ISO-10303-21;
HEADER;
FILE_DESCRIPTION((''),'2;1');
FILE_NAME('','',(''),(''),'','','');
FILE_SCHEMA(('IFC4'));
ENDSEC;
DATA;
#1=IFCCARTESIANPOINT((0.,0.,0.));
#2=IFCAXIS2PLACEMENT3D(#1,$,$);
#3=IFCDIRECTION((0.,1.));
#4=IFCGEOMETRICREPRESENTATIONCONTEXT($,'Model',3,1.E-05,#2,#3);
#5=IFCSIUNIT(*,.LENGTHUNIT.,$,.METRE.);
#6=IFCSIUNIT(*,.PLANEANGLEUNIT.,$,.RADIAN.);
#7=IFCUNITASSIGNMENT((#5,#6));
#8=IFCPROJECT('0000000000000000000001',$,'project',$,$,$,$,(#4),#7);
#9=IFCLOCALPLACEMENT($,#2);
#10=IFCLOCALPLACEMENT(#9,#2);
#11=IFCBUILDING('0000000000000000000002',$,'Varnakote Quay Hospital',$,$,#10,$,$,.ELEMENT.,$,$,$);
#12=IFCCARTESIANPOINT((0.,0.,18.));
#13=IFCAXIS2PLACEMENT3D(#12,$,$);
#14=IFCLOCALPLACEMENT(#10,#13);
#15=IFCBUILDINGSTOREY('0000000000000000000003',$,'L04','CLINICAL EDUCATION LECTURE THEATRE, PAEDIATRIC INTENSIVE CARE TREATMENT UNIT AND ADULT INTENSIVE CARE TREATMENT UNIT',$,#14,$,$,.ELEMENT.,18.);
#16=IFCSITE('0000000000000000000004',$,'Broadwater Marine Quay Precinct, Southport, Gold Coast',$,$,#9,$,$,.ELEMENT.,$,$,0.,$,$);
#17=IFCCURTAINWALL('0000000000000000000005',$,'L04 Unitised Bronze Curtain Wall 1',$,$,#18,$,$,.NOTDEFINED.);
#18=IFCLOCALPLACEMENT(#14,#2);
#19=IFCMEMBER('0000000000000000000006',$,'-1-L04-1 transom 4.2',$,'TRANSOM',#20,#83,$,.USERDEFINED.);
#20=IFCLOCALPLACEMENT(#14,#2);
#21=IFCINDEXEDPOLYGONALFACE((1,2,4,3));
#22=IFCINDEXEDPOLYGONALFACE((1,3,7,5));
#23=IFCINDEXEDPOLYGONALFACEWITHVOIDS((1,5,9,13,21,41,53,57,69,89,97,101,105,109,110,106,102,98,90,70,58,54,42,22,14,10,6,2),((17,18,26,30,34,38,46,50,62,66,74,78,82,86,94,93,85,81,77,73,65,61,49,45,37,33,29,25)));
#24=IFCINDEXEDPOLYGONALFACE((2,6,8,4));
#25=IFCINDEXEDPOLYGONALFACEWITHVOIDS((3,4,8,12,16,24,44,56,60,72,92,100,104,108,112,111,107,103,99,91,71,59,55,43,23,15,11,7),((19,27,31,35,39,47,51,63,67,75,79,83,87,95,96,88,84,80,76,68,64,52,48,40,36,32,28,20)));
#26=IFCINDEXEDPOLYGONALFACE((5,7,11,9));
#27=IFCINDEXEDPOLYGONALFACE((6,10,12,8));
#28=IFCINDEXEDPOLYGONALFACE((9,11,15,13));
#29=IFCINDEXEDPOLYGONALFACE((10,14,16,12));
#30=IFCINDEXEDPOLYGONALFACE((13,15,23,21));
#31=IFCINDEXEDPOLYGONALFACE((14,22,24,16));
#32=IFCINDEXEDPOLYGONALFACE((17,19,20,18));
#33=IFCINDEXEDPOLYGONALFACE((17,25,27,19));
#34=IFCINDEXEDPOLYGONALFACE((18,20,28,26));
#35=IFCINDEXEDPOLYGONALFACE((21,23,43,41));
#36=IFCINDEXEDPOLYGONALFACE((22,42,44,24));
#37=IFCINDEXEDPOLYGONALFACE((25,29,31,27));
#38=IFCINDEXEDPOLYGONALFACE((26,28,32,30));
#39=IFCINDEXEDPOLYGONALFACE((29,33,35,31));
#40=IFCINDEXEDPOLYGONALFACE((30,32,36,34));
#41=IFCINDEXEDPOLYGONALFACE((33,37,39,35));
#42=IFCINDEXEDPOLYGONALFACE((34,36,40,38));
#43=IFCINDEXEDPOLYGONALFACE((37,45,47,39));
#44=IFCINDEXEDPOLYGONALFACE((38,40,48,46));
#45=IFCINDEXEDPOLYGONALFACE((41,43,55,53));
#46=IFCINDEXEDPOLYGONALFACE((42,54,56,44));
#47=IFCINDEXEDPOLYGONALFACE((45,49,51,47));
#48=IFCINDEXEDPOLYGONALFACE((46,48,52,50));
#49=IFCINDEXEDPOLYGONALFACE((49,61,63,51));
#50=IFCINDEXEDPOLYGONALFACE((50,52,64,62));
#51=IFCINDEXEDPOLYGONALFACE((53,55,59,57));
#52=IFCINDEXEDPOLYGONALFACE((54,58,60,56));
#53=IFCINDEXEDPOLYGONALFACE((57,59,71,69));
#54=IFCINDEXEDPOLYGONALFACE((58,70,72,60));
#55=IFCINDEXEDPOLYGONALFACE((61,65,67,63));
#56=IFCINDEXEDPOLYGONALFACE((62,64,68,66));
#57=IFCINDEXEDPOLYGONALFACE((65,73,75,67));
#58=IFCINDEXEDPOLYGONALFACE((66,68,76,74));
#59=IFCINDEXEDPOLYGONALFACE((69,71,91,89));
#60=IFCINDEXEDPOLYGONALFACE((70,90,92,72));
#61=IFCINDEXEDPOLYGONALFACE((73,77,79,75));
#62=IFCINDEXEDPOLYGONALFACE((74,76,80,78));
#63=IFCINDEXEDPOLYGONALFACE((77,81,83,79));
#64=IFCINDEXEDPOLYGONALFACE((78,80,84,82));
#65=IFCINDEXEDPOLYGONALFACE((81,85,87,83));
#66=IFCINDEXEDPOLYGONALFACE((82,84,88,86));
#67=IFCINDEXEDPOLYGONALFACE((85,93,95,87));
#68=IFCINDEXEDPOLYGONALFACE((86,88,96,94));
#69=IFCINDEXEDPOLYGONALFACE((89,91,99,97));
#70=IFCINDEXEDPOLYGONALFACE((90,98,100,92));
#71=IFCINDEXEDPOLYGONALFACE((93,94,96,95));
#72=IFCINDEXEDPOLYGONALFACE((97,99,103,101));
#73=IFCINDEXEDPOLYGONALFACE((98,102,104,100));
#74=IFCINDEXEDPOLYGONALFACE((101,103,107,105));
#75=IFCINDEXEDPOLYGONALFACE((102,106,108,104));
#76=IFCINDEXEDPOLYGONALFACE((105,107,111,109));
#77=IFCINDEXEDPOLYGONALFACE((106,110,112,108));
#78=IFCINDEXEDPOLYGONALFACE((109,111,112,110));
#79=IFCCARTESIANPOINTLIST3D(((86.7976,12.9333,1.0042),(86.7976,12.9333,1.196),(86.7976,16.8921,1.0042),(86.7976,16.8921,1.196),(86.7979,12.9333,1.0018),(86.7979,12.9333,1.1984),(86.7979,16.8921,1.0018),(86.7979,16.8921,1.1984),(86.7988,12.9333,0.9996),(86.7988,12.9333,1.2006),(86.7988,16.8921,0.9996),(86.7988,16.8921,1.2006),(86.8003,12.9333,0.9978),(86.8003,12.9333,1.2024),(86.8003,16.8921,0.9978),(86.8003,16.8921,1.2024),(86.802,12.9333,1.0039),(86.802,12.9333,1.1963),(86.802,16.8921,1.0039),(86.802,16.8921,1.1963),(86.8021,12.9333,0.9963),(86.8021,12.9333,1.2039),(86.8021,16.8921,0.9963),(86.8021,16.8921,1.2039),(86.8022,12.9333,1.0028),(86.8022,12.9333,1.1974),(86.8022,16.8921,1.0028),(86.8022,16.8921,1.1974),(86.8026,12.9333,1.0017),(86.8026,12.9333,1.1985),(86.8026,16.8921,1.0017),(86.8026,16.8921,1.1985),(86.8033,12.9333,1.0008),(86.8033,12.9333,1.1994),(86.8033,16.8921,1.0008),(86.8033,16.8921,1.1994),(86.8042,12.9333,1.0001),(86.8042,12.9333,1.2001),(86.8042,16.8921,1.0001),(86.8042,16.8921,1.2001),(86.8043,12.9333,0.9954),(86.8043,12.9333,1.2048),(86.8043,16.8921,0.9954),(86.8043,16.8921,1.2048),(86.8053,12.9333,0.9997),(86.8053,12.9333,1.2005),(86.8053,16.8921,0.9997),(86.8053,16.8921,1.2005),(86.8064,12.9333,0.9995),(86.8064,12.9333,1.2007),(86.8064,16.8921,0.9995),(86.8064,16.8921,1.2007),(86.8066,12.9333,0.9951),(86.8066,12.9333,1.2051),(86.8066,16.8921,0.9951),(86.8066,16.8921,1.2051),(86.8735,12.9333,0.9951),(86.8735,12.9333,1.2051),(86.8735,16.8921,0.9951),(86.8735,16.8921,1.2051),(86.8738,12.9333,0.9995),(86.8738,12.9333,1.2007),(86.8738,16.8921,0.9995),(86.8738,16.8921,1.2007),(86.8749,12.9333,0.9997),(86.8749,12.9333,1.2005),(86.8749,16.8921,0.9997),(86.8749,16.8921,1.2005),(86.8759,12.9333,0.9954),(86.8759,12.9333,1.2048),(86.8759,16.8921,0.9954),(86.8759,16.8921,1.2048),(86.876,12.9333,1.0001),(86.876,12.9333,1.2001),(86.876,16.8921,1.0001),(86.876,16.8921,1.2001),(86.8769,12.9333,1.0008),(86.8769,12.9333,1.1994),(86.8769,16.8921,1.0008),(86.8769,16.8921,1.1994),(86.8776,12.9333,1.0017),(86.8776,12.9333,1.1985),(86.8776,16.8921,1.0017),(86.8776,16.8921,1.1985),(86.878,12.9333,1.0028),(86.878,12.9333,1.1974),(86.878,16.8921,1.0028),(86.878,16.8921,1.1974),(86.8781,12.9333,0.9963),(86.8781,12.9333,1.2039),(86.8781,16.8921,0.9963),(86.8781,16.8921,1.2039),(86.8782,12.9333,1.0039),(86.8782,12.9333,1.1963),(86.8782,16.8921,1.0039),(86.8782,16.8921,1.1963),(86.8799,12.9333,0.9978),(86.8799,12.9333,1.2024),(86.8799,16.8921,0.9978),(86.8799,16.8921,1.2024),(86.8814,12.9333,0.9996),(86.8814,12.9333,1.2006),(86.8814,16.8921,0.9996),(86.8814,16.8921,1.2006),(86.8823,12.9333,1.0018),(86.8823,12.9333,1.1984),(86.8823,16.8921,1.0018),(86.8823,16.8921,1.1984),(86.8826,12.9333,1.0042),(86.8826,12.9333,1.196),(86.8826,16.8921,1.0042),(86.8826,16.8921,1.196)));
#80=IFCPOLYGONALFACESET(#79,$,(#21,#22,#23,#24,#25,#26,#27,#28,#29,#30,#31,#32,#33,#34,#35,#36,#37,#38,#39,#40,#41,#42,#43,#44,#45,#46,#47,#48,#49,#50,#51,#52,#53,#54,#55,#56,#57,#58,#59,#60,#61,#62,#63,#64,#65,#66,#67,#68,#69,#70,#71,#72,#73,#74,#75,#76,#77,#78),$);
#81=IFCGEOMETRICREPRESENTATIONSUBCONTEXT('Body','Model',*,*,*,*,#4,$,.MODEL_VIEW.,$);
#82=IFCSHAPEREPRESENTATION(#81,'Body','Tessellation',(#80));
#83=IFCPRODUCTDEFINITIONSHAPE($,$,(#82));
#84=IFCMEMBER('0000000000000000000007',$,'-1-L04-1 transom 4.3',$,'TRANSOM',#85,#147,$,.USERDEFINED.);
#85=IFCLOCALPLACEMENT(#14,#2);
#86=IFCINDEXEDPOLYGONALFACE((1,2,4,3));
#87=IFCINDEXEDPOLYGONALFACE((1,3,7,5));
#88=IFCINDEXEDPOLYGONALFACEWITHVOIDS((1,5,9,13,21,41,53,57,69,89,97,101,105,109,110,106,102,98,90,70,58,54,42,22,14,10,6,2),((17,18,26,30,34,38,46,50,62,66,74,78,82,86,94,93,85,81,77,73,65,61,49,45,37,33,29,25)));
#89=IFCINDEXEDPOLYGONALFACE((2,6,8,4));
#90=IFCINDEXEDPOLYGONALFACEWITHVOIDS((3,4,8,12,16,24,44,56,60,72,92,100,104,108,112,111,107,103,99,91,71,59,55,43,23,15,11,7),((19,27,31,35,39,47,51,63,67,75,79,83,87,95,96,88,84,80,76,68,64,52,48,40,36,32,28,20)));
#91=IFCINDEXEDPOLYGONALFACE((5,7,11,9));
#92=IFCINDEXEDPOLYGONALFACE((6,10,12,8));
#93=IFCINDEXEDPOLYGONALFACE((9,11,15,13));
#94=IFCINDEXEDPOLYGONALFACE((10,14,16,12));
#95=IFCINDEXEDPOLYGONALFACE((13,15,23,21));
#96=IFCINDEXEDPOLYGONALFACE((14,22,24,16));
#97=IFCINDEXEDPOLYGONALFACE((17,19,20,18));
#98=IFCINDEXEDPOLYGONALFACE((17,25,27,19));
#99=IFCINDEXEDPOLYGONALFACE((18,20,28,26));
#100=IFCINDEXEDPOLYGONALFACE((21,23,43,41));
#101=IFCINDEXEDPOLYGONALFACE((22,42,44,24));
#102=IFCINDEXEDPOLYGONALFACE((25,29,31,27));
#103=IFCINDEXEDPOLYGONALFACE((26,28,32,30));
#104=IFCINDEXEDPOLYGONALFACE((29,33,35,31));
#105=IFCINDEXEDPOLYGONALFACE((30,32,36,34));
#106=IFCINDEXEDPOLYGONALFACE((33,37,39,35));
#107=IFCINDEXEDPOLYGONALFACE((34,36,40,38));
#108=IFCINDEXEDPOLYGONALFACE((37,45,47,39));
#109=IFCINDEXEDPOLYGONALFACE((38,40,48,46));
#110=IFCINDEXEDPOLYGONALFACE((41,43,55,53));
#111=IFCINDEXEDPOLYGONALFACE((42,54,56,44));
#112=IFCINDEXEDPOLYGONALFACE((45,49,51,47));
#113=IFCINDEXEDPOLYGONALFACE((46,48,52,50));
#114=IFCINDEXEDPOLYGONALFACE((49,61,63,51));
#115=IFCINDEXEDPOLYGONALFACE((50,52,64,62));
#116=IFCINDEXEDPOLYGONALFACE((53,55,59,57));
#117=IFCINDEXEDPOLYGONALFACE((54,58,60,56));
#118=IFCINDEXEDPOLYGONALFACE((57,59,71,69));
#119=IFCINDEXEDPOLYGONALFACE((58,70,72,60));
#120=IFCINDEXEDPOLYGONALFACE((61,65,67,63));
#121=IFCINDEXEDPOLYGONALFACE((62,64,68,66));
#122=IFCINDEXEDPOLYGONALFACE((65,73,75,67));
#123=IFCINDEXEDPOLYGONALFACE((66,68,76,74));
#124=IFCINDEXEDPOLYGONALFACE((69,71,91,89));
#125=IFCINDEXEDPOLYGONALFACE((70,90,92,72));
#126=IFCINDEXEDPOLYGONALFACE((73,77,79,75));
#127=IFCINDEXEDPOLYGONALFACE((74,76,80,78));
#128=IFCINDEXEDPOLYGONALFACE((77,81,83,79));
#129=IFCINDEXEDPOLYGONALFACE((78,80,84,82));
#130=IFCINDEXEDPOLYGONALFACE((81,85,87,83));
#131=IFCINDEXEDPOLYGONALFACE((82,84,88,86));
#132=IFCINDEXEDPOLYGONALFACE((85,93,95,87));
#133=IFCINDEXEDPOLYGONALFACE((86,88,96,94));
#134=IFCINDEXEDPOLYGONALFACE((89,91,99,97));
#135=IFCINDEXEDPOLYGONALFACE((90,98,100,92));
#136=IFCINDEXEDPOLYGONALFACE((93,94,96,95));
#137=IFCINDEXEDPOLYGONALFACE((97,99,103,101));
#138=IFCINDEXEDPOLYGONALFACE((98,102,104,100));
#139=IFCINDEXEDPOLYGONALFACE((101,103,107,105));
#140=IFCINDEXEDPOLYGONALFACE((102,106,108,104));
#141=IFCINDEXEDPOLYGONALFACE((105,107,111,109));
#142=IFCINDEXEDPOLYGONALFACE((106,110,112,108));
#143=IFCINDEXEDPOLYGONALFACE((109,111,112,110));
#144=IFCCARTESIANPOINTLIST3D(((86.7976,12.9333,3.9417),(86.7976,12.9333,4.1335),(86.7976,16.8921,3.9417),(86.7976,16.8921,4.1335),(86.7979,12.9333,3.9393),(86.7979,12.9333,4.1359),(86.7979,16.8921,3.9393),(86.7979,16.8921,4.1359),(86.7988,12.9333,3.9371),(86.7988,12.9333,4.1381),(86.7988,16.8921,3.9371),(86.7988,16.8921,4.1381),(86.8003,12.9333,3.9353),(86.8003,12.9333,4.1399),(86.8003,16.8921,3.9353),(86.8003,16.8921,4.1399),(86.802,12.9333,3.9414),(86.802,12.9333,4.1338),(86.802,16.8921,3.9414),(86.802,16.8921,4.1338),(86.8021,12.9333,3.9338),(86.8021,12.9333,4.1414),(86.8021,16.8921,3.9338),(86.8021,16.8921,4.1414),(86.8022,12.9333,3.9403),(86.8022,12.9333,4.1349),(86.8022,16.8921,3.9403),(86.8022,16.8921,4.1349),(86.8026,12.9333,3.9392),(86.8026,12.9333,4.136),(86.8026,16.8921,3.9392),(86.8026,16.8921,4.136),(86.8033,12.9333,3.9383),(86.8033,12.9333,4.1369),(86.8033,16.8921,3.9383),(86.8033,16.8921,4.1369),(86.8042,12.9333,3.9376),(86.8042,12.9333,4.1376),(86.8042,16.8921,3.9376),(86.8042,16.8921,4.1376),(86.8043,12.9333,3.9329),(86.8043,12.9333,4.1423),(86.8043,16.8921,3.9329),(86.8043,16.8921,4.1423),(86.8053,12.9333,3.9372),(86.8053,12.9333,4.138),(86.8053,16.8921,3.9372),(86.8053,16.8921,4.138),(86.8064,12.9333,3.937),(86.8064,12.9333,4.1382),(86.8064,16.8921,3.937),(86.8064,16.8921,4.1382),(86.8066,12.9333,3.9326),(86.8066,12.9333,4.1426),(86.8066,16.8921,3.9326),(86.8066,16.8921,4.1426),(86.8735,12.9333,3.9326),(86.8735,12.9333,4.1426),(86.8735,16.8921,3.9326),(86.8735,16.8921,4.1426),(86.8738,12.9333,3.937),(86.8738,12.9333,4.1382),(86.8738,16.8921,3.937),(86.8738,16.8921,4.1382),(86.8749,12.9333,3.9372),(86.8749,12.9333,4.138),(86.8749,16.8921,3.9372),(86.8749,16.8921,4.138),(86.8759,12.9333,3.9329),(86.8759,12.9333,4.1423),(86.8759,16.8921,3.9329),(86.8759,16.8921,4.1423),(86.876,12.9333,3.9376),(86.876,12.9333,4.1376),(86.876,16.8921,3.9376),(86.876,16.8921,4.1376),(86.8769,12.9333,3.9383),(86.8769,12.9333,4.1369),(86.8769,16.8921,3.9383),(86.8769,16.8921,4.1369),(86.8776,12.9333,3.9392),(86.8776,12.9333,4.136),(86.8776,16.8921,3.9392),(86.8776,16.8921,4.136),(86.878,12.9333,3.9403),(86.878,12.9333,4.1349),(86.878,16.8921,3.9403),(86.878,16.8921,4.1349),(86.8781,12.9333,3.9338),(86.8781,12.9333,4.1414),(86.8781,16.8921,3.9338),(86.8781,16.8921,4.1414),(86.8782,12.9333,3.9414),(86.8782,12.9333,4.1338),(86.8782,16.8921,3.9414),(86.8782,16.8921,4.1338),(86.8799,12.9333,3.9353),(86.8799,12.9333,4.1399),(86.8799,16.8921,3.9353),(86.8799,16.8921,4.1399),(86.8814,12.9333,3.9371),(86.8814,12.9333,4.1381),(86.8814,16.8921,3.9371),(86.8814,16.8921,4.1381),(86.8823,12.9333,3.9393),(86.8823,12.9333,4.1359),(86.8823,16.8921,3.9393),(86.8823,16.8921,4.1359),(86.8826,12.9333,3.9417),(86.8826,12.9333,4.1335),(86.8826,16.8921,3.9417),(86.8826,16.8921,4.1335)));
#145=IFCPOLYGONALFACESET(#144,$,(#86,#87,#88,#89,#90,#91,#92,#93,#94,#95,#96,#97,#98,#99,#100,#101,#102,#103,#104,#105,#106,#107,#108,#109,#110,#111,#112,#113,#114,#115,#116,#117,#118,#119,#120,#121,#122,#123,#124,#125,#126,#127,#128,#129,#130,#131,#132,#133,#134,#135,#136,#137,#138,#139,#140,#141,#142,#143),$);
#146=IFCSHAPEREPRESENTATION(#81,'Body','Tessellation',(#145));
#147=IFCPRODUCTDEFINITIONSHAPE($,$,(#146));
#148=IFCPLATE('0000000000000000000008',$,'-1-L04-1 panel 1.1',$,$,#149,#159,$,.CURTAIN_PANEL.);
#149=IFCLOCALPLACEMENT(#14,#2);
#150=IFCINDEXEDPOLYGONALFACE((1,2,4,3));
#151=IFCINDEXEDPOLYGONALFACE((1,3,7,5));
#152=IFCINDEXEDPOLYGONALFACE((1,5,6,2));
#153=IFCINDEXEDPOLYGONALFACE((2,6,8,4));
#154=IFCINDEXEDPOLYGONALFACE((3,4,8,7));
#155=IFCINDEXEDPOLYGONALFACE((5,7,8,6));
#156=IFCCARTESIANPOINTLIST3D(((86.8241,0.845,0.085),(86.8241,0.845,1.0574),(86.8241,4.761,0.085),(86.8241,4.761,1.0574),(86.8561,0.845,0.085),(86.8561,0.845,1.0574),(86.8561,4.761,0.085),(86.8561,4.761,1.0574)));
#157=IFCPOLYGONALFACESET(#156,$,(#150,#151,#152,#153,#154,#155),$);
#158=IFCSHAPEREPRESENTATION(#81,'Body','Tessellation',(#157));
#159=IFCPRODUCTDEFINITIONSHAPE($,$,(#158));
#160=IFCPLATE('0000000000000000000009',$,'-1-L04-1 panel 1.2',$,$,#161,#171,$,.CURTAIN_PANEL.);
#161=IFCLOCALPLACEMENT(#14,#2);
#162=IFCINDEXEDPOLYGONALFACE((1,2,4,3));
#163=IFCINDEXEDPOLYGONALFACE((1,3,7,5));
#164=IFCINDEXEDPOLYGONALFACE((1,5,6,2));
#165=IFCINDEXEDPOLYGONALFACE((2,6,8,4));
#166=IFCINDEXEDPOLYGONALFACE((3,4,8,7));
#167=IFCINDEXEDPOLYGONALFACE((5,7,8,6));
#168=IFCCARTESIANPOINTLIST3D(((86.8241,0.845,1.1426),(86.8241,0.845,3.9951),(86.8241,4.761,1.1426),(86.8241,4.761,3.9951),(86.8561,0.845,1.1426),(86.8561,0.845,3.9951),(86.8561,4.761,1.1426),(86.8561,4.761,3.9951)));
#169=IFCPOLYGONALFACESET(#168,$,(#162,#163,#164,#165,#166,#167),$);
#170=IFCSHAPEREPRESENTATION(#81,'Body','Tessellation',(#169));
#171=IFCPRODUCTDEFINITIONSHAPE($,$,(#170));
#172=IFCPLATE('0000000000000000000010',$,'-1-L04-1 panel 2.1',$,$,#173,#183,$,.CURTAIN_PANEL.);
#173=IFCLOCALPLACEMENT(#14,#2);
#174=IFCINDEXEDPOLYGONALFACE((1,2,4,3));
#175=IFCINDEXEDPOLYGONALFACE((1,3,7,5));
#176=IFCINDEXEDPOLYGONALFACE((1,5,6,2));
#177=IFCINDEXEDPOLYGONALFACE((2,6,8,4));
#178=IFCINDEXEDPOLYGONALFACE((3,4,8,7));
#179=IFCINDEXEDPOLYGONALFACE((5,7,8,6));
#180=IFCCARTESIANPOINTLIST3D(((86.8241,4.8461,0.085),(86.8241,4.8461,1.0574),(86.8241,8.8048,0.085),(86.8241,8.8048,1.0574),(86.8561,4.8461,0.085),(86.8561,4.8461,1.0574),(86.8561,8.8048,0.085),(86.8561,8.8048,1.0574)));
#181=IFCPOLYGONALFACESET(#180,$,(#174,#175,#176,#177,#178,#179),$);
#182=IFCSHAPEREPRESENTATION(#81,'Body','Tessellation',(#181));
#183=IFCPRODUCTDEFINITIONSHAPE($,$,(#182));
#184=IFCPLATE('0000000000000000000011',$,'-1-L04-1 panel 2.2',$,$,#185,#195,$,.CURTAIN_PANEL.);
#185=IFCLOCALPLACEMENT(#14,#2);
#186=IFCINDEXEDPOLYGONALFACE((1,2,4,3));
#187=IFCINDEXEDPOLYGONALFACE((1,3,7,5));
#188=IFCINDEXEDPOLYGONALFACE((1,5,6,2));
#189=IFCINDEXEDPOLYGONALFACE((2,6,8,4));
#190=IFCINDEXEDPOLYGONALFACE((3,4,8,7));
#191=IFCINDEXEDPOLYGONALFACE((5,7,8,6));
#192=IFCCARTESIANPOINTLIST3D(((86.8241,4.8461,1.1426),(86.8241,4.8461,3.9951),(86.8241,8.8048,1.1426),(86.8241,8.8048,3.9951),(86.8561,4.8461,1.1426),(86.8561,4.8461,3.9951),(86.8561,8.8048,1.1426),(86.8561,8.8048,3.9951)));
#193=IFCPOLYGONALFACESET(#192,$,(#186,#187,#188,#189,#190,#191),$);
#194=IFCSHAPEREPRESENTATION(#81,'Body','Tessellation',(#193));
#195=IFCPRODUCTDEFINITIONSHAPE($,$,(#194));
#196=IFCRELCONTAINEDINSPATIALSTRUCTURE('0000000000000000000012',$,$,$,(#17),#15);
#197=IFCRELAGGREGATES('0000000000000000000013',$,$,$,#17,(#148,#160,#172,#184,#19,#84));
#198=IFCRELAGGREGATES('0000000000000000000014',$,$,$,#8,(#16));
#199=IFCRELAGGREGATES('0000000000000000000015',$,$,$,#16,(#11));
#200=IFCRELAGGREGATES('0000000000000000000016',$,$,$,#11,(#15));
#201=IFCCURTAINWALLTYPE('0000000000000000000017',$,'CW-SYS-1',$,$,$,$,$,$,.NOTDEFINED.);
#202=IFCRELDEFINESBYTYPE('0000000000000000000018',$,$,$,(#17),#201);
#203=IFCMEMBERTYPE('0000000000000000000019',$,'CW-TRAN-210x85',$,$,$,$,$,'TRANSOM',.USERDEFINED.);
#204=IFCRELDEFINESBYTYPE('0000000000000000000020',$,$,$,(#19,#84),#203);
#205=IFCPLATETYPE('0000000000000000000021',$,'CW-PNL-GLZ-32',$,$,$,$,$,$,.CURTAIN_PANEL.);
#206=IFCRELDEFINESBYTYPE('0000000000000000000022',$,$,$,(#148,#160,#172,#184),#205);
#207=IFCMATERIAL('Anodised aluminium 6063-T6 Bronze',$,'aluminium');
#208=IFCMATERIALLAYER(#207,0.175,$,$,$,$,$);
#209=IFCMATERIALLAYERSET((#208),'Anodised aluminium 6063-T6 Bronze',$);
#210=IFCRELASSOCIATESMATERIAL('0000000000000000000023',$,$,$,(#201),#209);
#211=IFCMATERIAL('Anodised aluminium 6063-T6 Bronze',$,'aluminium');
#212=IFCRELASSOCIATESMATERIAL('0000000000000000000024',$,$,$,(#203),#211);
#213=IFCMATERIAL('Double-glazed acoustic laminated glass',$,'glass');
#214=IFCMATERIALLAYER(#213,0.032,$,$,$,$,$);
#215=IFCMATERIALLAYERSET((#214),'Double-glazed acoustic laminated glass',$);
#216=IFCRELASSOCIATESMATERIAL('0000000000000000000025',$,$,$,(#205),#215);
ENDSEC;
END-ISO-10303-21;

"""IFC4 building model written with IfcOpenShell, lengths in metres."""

from ifc_helpers import new_model, si_unit, direction, frame, origin, origin_2d, place, context, subcontext, project, spatial, rectangle, hollow_rectangle, extrude, material, layer, layer_set, material_profile, profile_set, type_object, element, aggregate, save


model = new_model("IFC4")

# Units and contexts
model_context = context("Model", 3, precision=1e-05, world=origin(), true_north=direction((0.0, 1.0)))
body_context = subcontext(model_context, "Body", "Model", "MODEL_VIEW")
ifc_project = project(units=[si_unit("LENGTHUNIT", "METRE"), si_unit("PLANEANGLEUNIT", "RADIAN")], contexts=[model_context])

# Site, building, storey
site_placement = place(None, origin())
site = spatial("IfcSite", under=ifc_project, at=site_placement, Name="Broadwater Marine Quay Precinct, Southport, Gold Coast", CompositionType="ELEMENT", RefElevation=0.0)
building_placement = place(site_placement, origin())
building = spatial("IfcBuilding", under=site, at=building_placement, Name="Varnakote Quay Hospital", CompositionType="ELEMENT")
storey_placement = place(building_placement, frame((0.0, 0.0, 18.0)))
storey = spatial("IfcBuildingStorey", under=building, at=storey_placement, Name="L04", Description="CLINICAL EDUCATION LECTURE THEATRE, PAEDIATRIC INTENSIVE CARE TREATMENT UNIT AND ADULT INTENSIVE CARE TREATMENT UNIT", CompositionType="ELEMENT", Elevation=18.0)

# Curtain wall, members, plates
ifc_material_1 = material(Name="Anodised aluminium 6063-T6 Bronze", Category="aluminium")
ifc_layer_1 = layer(ifc_material_1, 0.175)
ifc_layer_set_1 = layer_set([ifc_layer_1], Name="Anodised aluminium 6063-T6 Bronze")
curtain_wall_type = type_object("IfcCurtainWallType", Name="CW-SYS-1", PredefinedType="NOTDEFINED", material=ifc_layer_set_1)
curtain_wall_placement = place(storey_placement, origin())
curtain_wall = element("IfcCurtainWall", 1, at=curtain_wall_placement, inside=storey, type_object=curtain_wall_type, Name="L04 Unitised Bronze Curtain Wall 1", PredefinedType="NOTDEFINED")
ifc_material_2 = material(Name="Anodised aluminium 6063-T6 Bronze", Category="aluminium")
ifc_material_profile_1 = material_profile(ifc_material_2, hollow_rectangle(XDim=0.085, YDim=0.21, WallThickness=0.0044, InnerFilletRadius=0.0044, OuterFilletRadius=0.009, at=origin_2d()), Name="CW-TRAN-210x85")
ifc_profile_set_1 = profile_set([ifc_material_profile_1], Name="Anodised aluminium 6063-T6 Bronze")
member_type_1 = type_object("IfcMemberType", Name="CW-TRAN-210x85", ElementType="TRANSOM", PredefinedType="USERDEFINED", material=ifc_profile_set_1)
member_1_placement = place(storey_placement, frame((86.8401, 12.9333, 1.1001), z_axis=(0.0, 1.0, 0.0), x_axis=(-1.0, 0.0, 0.0)))
member_1 = element("IfcMember", 2, at=member_1_placement, type_object=member_type_1, Name="-1-L04-1 transom 4.2", ObjectType="TRANSOM", PredefinedType="USERDEFINED", context=body_context, shape_type="SweptSolid", body=[
    extrude(hollow_rectangle(XDim=0.085, YDim=0.21, WallThickness=0.0044, InnerFilletRadius=0.0044, OuterFilletRadius=0.009, at=origin_2d()), origin(), (0.0, 0.0, 1.0), 3.9587),
])
member_2_placement = place(storey_placement, frame((86.8401, 12.9333, 4.0376), z_axis=(0.0, 1.0, 0.0), x_axis=(-1.0, 0.0, 0.0)))
member_2 = element("IfcMember", 3, at=member_2_placement, type_object=member_type_1, Name="-1-L04-1 transom 4.3", ObjectType="TRANSOM", PredefinedType="USERDEFINED", context=body_context, shape_type="SweptSolid", body=[
    extrude(hollow_rectangle(XDim=0.085, YDim=0.21, WallThickness=0.0044, InnerFilletRadius=0.0044, OuterFilletRadius=0.009, at=origin_2d()), origin(), (0.0, 0.0, 1.0), 3.9587),
])
ifc_material_3 = material(Name="Double-glazed acoustic laminated glass", Category="glass")
ifc_layer_2 = layer(ifc_material_3, 0.032)
ifc_layer_set_2 = layer_set([ifc_layer_2], Name="Double-glazed acoustic laminated glass")
plate_type = type_object("IfcPlateType", Name="CW-PNL-GLZ-32", PredefinedType="CURTAIN_PANEL", material=ifc_layer_set_2)
plate_1_placement = place(storey_placement, frame((86.8401, 2.803, 0.085), z_axis=(0.0, 0.0, 1.0), x_axis=(0.0, 1.0, 0.0)))
plate_1 = element("IfcPlate", 4, at=plate_1_placement, type_object=plate_type, Name="-1-L04-1 panel 1.1", PredefinedType="CURTAIN_PANEL", context=body_context, shape_type="SweptSolid", body=[
    extrude(rectangle(XDim=3.916, YDim=0.032, at=origin_2d()), origin(), (0.0, 0.0, 1.0), 0.9724),
])
plate_2_placement = place(storey_placement, frame((86.8401, 2.803, 1.1426), z_axis=(0.0, 0.0, 1.0), x_axis=(0.0, 1.0, 0.0)))
plate_2 = element("IfcPlate", 5, at=plate_2_placement, type_object=plate_type, Name="-1-L04-1 panel 1.2", PredefinedType="CURTAIN_PANEL", context=body_context, shape_type="SweptSolid", body=[
    extrude(rectangle(XDim=3.916, YDim=0.032, at=origin_2d()), origin(), (0.0, 0.0, 1.0), 2.8525),
])
plate_3_placement = place(storey_placement, frame((86.8401, 6.8254, 0.085), z_axis=(0.0, 0.0, 1.0), x_axis=(0.0, 1.0, 0.0)))
plate_3 = element("IfcPlate", 6, at=plate_3_placement, type_object=plate_type, Name="-1-L04-1 panel 2.1", PredefinedType="CURTAIN_PANEL", context=body_context, shape_type="SweptSolid", body=[
    extrude(rectangle(XDim=3.9587, YDim=0.032, at=origin_2d()), origin(), (0.0, 0.0, 1.0), 0.9724),
])
plate_4_placement = place(storey_placement, frame((86.8401, 6.8254, 1.1426), z_axis=(0.0, 0.0, 1.0), x_axis=(0.0, 1.0, 0.0)))
plate_4 = element("IfcPlate", 7, at=plate_4_placement, type_object=plate_type, Name="-1-L04-1 panel 2.2", PredefinedType="CURTAIN_PANEL", context=body_context, shape_type="SweptSolid", body=[
    extrude(rectangle(XDim=3.9587, YDim=0.032, at=origin_2d()), origin(), (0.0, 0.0, 1.0), 2.8525),
])
aggregate(curtain_wall, [plate_1, plate_2, plate_3, plate_4, member_1, member_2])

save(model, "model.ifc")
